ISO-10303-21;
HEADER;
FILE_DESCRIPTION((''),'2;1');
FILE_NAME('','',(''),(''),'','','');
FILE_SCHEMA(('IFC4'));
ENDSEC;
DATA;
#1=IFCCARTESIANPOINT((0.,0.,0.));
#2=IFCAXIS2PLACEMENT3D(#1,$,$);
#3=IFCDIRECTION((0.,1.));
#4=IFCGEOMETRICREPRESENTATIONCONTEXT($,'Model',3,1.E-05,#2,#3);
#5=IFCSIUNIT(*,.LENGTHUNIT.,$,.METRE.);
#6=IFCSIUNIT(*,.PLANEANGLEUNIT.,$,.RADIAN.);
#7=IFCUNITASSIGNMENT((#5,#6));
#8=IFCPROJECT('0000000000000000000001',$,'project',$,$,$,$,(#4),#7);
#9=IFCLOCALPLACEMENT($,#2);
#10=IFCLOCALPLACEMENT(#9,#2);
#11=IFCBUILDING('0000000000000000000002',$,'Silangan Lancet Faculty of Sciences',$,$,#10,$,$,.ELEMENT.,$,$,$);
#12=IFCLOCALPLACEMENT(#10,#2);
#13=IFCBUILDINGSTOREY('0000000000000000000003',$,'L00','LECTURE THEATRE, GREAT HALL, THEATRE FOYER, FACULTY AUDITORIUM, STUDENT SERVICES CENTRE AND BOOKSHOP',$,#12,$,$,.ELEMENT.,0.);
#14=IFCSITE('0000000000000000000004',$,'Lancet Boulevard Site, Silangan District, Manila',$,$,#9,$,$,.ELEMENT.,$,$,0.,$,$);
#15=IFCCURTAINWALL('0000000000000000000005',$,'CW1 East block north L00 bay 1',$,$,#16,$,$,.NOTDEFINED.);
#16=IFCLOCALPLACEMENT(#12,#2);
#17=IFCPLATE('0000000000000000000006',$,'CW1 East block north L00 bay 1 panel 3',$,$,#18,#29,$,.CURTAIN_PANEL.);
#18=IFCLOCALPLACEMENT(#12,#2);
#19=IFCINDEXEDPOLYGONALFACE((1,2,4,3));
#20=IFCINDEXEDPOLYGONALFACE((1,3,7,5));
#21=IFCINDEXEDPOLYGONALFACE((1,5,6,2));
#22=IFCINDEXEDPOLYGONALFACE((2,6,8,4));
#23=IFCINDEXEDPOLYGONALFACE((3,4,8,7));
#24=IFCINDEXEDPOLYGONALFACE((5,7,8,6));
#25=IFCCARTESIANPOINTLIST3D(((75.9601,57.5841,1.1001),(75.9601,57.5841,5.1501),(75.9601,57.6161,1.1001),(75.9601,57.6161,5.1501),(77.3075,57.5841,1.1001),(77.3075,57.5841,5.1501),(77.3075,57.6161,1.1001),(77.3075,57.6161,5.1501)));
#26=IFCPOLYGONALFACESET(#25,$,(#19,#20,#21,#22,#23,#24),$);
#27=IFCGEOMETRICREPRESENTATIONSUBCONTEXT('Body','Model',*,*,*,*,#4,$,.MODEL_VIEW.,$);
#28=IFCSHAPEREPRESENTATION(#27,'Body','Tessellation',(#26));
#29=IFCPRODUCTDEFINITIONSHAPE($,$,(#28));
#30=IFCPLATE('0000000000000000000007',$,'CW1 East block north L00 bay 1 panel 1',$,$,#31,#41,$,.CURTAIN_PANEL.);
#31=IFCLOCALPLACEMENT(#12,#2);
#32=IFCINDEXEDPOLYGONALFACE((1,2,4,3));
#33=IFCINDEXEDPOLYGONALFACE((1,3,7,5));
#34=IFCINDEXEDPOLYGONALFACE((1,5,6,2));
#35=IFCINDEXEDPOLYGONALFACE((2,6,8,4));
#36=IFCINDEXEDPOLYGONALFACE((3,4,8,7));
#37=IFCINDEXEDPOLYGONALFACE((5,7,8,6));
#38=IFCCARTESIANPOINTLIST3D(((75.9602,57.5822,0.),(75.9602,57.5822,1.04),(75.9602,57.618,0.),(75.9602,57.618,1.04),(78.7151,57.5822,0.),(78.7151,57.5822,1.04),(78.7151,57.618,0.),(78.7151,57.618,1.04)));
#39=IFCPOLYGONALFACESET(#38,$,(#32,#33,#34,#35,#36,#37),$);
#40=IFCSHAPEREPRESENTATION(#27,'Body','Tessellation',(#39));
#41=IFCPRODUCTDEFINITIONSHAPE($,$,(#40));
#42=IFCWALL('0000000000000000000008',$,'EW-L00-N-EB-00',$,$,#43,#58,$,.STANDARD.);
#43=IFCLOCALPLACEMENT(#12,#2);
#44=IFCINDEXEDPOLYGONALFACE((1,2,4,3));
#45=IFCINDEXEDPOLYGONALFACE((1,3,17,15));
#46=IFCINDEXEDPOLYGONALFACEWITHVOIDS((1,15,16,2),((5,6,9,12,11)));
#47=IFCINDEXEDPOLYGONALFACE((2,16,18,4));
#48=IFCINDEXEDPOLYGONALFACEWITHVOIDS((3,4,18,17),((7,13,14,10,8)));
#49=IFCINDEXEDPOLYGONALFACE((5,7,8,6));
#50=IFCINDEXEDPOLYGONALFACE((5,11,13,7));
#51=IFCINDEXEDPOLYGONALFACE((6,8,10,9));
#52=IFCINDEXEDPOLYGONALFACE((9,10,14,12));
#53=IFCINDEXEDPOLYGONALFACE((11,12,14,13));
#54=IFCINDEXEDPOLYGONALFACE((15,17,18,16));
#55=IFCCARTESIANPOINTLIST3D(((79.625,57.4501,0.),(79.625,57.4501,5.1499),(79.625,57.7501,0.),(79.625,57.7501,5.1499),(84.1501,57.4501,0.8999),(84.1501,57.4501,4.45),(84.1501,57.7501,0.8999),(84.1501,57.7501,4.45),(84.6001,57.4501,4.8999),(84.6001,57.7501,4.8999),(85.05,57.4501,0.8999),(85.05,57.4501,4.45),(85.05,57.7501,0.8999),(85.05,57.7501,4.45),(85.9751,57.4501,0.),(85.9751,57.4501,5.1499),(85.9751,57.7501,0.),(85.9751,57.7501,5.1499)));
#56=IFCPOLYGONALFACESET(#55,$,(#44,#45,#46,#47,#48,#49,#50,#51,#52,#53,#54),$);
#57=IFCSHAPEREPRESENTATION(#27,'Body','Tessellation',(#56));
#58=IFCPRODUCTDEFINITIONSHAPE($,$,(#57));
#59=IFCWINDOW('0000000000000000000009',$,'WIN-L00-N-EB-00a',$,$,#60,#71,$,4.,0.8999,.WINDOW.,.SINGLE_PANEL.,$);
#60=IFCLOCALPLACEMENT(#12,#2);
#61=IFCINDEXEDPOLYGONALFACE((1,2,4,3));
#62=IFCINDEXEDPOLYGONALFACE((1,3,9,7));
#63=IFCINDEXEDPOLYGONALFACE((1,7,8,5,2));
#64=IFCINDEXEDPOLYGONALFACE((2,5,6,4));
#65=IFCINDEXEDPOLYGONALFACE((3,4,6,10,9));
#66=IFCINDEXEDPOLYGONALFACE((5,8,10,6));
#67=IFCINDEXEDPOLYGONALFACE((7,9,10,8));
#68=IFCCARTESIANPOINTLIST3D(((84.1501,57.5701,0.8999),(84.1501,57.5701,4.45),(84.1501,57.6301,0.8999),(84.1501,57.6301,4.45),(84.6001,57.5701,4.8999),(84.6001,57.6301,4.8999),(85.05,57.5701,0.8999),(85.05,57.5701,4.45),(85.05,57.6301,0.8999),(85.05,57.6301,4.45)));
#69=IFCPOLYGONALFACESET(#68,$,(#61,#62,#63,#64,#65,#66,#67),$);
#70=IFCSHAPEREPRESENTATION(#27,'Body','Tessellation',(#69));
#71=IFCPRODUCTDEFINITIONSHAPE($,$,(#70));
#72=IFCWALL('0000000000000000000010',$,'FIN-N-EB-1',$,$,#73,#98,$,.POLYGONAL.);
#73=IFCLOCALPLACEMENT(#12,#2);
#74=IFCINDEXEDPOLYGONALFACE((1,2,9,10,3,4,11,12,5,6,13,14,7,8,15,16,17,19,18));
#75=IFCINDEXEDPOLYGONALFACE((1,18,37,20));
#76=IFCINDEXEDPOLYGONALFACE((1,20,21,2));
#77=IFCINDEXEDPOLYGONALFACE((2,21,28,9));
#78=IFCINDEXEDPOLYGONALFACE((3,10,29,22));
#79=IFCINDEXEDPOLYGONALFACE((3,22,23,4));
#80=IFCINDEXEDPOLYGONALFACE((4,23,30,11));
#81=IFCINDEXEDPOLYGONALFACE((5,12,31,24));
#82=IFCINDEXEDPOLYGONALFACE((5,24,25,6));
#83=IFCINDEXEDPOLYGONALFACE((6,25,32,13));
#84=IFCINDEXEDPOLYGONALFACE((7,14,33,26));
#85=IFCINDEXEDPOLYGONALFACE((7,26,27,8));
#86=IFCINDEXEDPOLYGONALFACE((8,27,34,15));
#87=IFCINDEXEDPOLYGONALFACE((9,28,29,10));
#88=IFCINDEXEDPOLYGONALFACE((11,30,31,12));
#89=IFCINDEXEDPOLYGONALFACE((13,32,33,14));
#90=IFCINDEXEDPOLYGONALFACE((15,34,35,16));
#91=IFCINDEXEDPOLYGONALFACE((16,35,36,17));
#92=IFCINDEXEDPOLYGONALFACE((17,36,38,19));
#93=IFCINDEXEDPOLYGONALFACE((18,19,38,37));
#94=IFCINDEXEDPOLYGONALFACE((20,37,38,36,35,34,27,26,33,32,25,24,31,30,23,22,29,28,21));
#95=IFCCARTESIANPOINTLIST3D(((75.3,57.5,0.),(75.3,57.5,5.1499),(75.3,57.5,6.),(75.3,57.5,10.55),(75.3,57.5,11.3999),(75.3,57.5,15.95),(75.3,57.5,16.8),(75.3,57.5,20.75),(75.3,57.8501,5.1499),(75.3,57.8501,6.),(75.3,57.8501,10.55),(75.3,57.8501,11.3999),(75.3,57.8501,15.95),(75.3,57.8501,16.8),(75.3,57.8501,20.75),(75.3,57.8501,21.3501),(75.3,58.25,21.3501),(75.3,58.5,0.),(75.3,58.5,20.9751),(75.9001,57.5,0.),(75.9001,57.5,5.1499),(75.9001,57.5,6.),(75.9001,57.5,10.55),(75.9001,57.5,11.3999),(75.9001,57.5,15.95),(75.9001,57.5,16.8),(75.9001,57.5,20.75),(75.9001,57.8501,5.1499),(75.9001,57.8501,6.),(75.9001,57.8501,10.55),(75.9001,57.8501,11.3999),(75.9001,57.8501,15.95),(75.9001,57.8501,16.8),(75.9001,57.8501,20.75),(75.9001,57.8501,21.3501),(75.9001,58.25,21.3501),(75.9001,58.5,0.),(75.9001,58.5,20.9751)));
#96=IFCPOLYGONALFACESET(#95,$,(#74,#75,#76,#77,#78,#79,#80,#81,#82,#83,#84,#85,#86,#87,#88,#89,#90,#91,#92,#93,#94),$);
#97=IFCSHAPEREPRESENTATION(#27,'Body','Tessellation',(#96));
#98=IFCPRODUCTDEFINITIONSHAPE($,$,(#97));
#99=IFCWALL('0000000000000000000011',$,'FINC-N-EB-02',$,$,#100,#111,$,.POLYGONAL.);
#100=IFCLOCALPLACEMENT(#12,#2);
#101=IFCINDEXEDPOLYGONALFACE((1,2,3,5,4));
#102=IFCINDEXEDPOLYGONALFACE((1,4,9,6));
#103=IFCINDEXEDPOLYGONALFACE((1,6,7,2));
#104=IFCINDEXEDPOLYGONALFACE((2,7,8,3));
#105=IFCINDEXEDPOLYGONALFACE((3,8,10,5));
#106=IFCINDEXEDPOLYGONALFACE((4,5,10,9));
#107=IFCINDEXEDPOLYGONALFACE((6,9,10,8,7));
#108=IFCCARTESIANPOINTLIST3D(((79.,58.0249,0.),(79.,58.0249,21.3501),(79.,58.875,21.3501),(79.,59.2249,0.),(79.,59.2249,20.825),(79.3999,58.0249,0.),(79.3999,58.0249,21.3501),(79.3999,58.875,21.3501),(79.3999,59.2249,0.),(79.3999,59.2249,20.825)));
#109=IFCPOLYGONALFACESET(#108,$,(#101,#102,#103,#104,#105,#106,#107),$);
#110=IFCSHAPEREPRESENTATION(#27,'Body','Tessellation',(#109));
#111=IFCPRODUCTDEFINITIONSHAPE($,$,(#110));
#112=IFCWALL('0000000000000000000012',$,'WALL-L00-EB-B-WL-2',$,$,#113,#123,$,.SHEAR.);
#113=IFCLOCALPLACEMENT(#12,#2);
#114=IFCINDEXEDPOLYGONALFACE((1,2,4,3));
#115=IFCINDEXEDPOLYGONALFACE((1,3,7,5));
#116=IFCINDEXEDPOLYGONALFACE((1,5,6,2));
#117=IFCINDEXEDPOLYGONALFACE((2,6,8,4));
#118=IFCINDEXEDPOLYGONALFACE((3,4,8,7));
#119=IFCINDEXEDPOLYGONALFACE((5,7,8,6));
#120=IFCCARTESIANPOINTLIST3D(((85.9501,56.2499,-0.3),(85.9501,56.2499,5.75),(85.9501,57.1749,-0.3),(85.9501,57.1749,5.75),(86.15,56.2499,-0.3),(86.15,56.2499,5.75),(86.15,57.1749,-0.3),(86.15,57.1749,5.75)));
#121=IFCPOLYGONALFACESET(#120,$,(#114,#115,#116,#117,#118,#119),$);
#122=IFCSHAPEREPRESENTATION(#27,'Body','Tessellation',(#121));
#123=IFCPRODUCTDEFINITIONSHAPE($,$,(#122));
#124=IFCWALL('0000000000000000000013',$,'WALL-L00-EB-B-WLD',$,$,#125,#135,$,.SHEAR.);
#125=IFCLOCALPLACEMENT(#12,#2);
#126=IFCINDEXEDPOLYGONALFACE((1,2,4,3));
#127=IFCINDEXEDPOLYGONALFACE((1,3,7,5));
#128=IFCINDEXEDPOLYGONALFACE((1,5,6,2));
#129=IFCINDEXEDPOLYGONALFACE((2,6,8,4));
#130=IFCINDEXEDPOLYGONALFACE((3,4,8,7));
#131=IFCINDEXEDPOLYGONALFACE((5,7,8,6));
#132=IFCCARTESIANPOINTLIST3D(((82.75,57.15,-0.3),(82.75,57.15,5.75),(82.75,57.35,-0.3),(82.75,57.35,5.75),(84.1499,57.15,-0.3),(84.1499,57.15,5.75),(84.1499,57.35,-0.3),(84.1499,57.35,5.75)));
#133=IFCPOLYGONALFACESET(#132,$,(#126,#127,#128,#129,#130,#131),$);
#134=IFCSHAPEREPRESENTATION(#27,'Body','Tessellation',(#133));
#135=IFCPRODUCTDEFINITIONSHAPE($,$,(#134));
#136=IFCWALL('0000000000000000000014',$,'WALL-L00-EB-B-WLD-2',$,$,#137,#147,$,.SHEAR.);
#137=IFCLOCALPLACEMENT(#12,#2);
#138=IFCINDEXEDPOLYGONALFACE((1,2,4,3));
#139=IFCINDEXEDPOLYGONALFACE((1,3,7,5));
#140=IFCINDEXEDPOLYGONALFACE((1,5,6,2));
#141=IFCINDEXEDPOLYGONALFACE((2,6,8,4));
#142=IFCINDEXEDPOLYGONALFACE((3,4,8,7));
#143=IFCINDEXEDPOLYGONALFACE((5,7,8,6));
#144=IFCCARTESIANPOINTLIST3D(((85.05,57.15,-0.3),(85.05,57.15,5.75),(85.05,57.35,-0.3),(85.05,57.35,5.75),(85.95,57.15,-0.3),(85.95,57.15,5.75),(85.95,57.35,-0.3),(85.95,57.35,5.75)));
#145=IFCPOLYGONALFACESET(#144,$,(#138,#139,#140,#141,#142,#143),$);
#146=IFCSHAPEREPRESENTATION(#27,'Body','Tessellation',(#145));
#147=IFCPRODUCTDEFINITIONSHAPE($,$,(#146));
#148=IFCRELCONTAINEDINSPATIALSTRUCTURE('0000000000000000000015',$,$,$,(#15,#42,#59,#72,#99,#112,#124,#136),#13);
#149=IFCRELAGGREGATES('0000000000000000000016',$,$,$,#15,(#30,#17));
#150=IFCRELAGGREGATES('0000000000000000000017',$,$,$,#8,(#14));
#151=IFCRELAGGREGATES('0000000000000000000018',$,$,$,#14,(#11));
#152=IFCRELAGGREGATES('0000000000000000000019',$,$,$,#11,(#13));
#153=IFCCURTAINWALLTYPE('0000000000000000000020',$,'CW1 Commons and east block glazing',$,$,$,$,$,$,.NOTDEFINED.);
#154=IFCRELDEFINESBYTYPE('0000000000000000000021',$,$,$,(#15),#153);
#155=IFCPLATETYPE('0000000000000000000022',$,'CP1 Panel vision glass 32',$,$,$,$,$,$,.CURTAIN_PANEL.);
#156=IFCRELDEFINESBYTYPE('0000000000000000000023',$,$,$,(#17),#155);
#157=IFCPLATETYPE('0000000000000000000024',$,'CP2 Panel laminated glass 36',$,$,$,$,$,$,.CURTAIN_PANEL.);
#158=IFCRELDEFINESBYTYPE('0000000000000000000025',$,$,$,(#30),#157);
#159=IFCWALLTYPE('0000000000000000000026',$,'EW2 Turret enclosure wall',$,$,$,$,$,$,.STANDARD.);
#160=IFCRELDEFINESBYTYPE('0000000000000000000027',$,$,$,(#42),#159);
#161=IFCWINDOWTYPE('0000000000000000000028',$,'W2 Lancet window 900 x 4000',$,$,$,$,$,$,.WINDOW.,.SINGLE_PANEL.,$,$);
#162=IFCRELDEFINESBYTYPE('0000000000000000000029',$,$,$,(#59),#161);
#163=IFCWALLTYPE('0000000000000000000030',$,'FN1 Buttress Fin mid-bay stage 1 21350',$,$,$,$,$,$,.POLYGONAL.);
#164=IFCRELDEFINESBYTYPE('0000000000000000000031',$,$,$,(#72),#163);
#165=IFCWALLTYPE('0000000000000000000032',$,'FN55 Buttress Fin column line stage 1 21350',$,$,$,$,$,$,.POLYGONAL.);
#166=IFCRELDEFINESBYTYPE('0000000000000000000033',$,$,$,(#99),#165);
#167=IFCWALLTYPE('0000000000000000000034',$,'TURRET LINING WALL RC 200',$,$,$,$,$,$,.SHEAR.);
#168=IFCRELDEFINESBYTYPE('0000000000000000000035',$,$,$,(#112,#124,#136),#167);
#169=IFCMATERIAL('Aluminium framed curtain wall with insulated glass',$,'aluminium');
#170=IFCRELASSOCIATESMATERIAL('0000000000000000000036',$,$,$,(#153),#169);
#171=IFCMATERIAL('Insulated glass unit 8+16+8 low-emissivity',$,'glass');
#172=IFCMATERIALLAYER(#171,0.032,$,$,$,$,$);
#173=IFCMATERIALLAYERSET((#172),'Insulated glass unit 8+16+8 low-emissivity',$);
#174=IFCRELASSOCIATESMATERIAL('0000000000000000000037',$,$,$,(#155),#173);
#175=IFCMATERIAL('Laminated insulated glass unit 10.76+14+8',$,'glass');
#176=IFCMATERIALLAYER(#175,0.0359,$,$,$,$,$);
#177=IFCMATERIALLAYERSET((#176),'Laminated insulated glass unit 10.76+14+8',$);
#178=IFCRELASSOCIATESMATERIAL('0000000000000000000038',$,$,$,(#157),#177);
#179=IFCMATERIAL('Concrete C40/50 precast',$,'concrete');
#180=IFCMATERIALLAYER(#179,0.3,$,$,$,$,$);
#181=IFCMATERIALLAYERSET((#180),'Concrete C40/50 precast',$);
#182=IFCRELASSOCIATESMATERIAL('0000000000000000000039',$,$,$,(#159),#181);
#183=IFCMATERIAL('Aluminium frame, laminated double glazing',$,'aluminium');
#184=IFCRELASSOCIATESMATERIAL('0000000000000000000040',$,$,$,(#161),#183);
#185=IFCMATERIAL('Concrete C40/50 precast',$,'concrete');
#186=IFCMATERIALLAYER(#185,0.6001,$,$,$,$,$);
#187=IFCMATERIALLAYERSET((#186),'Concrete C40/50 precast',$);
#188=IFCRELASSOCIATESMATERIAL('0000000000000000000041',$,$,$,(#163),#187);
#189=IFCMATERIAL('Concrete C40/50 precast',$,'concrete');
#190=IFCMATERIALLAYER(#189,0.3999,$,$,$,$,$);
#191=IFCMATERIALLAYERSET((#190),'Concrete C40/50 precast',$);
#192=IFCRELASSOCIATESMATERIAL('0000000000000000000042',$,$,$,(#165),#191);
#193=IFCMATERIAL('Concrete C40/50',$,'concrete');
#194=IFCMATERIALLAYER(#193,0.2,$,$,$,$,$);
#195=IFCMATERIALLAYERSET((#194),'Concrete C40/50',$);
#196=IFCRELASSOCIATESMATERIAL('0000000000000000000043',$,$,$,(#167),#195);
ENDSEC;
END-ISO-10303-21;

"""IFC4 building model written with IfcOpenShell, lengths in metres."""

from ifc_helpers import new_model, si_unit, direction, frame, frame_2d, origin, origin_2d, place, context, subcontext, project, spatial, polyline, rectangle, outline, extrude, material, layer, layer_set, type_object, element, fill, aggregate, save


model = new_model("IFC4")

# Units and contexts
model_context = context("Model", 3, precision=1e-05, world=origin(), true_north=direction((0.0, 1.0)))
body_context = subcontext(model_context, "Body", "Model", "MODEL_VIEW")
ifc_project = project(units=[si_unit("LENGTHUNIT", "METRE"), si_unit("PLANEANGLEUNIT", "RADIAN")], contexts=[model_context])

# Site, building, storey
site_placement = place(None, origin())
site = spatial("IfcSite", under=ifc_project, at=site_placement, Name="Lancet Boulevard Site, Silangan District, Manila", CompositionType="ELEMENT", RefElevation=0.0)
building_placement = place(site_placement, origin())
building = spatial("IfcBuilding", under=site, at=building_placement, Name="Silangan Lancet Faculty of Sciences", CompositionType="ELEMENT")
storey_placement = place(building_placement, origin())
storey = spatial("IfcBuildingStorey", under=building, at=storey_placement, Name="L00", Description="LECTURE THEATRE, GREAT HALL, THEATRE FOYER, FACULTY AUDITORIUM, STUDENT SERVICES CENTRE AND BOOKSHOP", CompositionType="ELEMENT", Elevation=0.0)

# Curtain wall
ifc_material_1 = material(Name="Aluminium framed curtain wall with insulated glass", Category="aluminium")
curtain_wall_type = type_object("IfcCurtainWallType", Name="CW1 Commons and east block glazing", PredefinedType="NOTDEFINED", material=ifc_material_1)
curtain_wall_1_placement = place(storey_placement, origin())
curtain_wall_1 = element("IfcCurtainWall", 1, at=curtain_wall_1_placement, inside=storey, type_object=curtain_wall_type, Name="CW1 East block north L00 bay 1", PredefinedType="NOTDEFINED")

# Plates
ifc_material_2 = material(Name="Insulated glass unit 8+16+8 low-emissivity", Category="glass")
ifc_layer_1 = layer(ifc_material_2, 0.032)
ifc_layer_set_1 = layer_set([ifc_layer_1], Name="Insulated glass unit 8+16+8 low-emissivity")
plate_type_1 = type_object("IfcPlateType", Name="CP1 Panel vision glass 32", PredefinedType="CURTAIN_PANEL", material=ifc_layer_set_1)
plate_1_placement = place(storey_placement, frame((76.6338, 57.6001, 1.1001), z_axis=(0.0, 0.0, 1.0), x_axis=(-1.0, 0.0, 0.0)))
plate_1 = element("IfcPlate", 2, at=plate_1_placement, type_object=plate_type_1, Name="CW1 East block north L00 bay 1 panel 3", PredefinedType="CURTAIN_PANEL", context=body_context, shape_type="SweptSolid", body=[
    extrude(rectangle(XDim=1.3474, YDim=0.032, at=origin_2d()), origin(), (0.0, 0.0, 1.0), 4.05),
])
ifc_material_3 = material(Name="Laminated insulated glass unit 10.76+14+8", Category="glass")
ifc_layer_2 = layer(ifc_material_3, 0.0359)
ifc_layer_set_2 = layer_set([ifc_layer_2], Name="Laminated insulated glass unit 10.76+14+8")
plate_type_2 = type_object("IfcPlateType", Name="CP2 Panel laminated glass 36", PredefinedType="CURTAIN_PANEL", material=ifc_layer_set_2)
plate_2_placement = place(storey_placement, frame((77.3376, 57.6001, 0.0), z_axis=(0.0, 0.0, 1.0), x_axis=(-1.0, 0.0, 0.0)))
plate_2 = element("IfcPlate", 3, at=plate_2_placement, type_object=plate_type_2, Name="CW1 East block north L00 bay 1 panel 1", PredefinedType="CURTAIN_PANEL", context=body_context, shape_type="SweptSolid", body=[
    extrude(rectangle(XDim=2.7549, YDim=0.0359, at=origin_2d()), origin(), (0.0, 0.0, 1.0), 1.04),
])
aggregate(curtain_wall_1, [plate_2, plate_1])

# Wall, opening, window
ifc_material_4 = material(Name="Concrete C40/50 precast", Category="concrete")
ifc_layer_3 = layer(ifc_material_4, 0.3)
ifc_layer_set_3 = layer_set([ifc_layer_3], Name="Concrete C40/50 precast")
wall_type_1 = type_object("IfcWallType", Name="EW2 Turret enclosure wall", PredefinedType="STANDARD", material=ifc_layer_set_3)
wall_1_placement = place(storey_placement, frame((85.9751, 57.6001, 0.0), z_axis=(0.0, 0.0, 1.0), x_axis=(-1.0, 0.0, 0.0)))
wall_1 = element("IfcWall", 4, at=wall_1_placement, inside=storey, type_object=wall_type_1, Name="EW-L00-N-EB-00", PredefinedType="STANDARD", context=body_context, shape_type="SweptSolid", body=[
    extrude(rectangle(XDim=6.3501, YDim=0.3, at=frame_2d((3.175, 0.0))), origin(), (0.0, 0.0, 1.0), 5.1499),
])
opening_1_placement = place(wall_1_placement, frame((0.925, 0.0, 0.8999)))
opening_1 = element("IfcOpeningElement", 5, at=opening_1_placement, cuts=wall_1, PredefinedType="OPENING", context=body_context, shape_type="SweptSolid", body=[
    extrude(outline(polyline([(0.0, 0.0), (0.8999, 0.0), (0.8999, 3.55), (0.45, 4.0), (0.0, 3.55), (0.0, 0.0)])), frame((0.0, 0.1599, 0.0), z_axis=(0.0, -1.0, 0.0), x_axis=(1.0, 0.0, 0.0)), (0.0, 0.0, 1.0), 0.3201),
])
ifc_material_5 = material(Name="Aluminium frame, laminated double glazing", Category="aluminium")
window_type = type_object("IfcWindowType", Name="W2 Lancet window 900 x 4000", PartitioningType="SINGLE_PANEL", PredefinedType="WINDOW", material=ifc_material_5)
window_placement = place(opening_1_placement, origin())
window = element("IfcWindow", 6, at=window_placement, inside=storey, type_object=window_type, Name="WIN-L00-N-EB-00a", OverallHeight=4.0, OverallWidth=0.8999, PartitioningType="SINGLE_PANEL", PredefinedType="WINDOW", context=body_context, shape_type="SweptSolid", body=[
    extrude(outline(polyline([(0.0, 0.0), (0.8999, 0.0), (0.8999, 3.55), (0.45, 4.0), (0.0, 3.55), (0.0, 0.0)])), frame((0.0, 0.03, 0.0), z_axis=(0.0, -1.0, 0.0), x_axis=(1.0, 0.0, 0.0)), (0.0, 0.0, 1.0), 0.0601),
])
fill(opening_1, window)

# Walls
ifc_material_6 = material(Name="Concrete C40/50 precast", Category="concrete")
ifc_layer_4 = layer(ifc_material_6, 0.6001)
ifc_layer_set_4 = layer_set([ifc_layer_4], Name="Concrete C40/50 precast")
wall_type_2 = type_object("IfcWallType", Name="FN1 Buttress Fin mid-bay stage 1 21350", PredefinedType="POLYGONAL", material=ifc_layer_set_4)
wall_2_placement = place(storey_placement, frame((75.6001, 57.5, 0.0), z_axis=(0.0, 0.0, 1.0), x_axis=(0.0, 1.0, 0.0)))
element("IfcWall", 7, at=wall_2_placement, inside=storey, type_object=wall_type_2, Name="FIN-N-EB-1", PredefinedType="POLYGONAL", context=body_context, shape_type="SweptSolid", body=[
    extrude(outline(polyline([(1.0, 0.0), (1.0, 20.9751), (0.75, 21.3501), (0.3501, 21.3501), (0.3501, 20.75), (0.0, 20.75), (0.0, 16.8), (0.3501, 16.8), (0.3501, 15.95), (0.0, 15.95), (0.0, 11.3999), (0.3501, 11.3999), (0.3501, 10.55), (0.0, 10.55), (0.0, 6.0), (0.3501, 6.0), (0.3501, 5.1499), (0.0, 5.1499), (0.0, 0.0), (1.0, 0.0)])), frame((0.0, 0.3, 0.0), z_axis=(0.0, -1.0, 0.0), x_axis=(1.0, 0.0, 0.0)), (0.0, 0.0, 1.0), 0.6001),
])
ifc_material_7 = material(Name="Concrete C40/50 precast", Category="concrete")
ifc_layer_5 = layer(ifc_material_7, 0.3999)
ifc_layer_set_5 = layer_set([ifc_layer_5], Name="Concrete C40/50 precast")
wall_type_3 = type_object("IfcWallType", Name="FN55 Buttress Fin column line stage 1 21350", PredefinedType="POLYGONAL", material=ifc_layer_set_5)
wall_3_placement = place(storey_placement, frame((79.2, 58.0249, 0.0), z_axis=(0.0, 0.0, 1.0), x_axis=(0.0, 1.0, 0.0)))
element("IfcWall", 8, at=wall_3_placement, inside=storey, type_object=wall_type_3, Name="FINC-N-EB-02", PredefinedType="POLYGONAL", context=body_context, shape_type="SweptSolid", body=[
    extrude(outline(polyline([(1.2, 0.0), (1.2, 20.825), (0.8501, 21.3501), (0.0, 21.3501), (0.0, 0.0), (1.2, 0.0)])), frame((0.0, 0.2, 0.0), z_axis=(0.0, -1.0, 0.0), x_axis=(1.0, 0.0, 0.0)), (0.0, 0.0, 1.0), 0.3999),
])
ifc_material_8 = material(Name="Concrete C40/50", Category="concrete")
ifc_layer_6 = layer(ifc_material_8, 0.2)
ifc_layer_set_6 = layer_set([ifc_layer_6], Name="Concrete C40/50")
wall_type_4 = type_object("IfcWallType", Name="TURRET LINING WALL RC 200", PredefinedType="SHEAR", material=ifc_layer_set_6)
wall_4_placement = place(storey_placement, frame((86.05, 56.25, -0.3), z_axis=(0.0, 0.0, 1.0), x_axis=(0.0, 1.0, 0.0)))
element("IfcWall", 9, at=wall_4_placement, inside=storey, type_object=wall_type_4, Name="WALL-L00-EB-B-WL-2", PredefinedType="SHEAR", context=body_context, shape_type="SweptSolid", body=[
    extrude(rectangle(XDim=0.925, YDim=0.2, at=frame_2d((0.4624, 0.0))), origin(), (0.0, 0.0, 1.0), 6.05),
])
wall_5_placement = place(storey_placement, frame((82.75, 57.25, -0.3), z_axis=(0.0, 0.0, 1.0), x_axis=(1.0, 0.0, 0.0)))
element("IfcWall", 10, at=wall_5_placement, inside=storey, type_object=wall_type_4, Name="WALL-L00-EB-B-WLD", PredefinedType="SHEAR", context=body_context, shape_type="SweptSolid", body=[
    extrude(rectangle(XDim=1.3999, YDim=0.2, at=frame_2d((0.7, 0.0))), origin(), (0.0, 0.0, 1.0), 6.05),
])
wall_6_placement = place(storey_placement, frame((85.05, 57.25, -0.3), z_axis=(0.0, 0.0, 1.0), x_axis=(1.0, 0.0, 0.0)))
element("IfcWall", 11, at=wall_6_placement, inside=storey, type_object=wall_type_4, Name="WALL-L00-EB-B-WLD-2", PredefinedType="SHEAR", context=body_context, shape_type="SweptSolid", body=[
    extrude(rectangle(XDim=0.8999, YDim=0.2, at=frame_2d((0.45, 0.0))), origin(), (0.0, 0.0, 1.0), 6.05),
])

save(model, "model.ifc")
